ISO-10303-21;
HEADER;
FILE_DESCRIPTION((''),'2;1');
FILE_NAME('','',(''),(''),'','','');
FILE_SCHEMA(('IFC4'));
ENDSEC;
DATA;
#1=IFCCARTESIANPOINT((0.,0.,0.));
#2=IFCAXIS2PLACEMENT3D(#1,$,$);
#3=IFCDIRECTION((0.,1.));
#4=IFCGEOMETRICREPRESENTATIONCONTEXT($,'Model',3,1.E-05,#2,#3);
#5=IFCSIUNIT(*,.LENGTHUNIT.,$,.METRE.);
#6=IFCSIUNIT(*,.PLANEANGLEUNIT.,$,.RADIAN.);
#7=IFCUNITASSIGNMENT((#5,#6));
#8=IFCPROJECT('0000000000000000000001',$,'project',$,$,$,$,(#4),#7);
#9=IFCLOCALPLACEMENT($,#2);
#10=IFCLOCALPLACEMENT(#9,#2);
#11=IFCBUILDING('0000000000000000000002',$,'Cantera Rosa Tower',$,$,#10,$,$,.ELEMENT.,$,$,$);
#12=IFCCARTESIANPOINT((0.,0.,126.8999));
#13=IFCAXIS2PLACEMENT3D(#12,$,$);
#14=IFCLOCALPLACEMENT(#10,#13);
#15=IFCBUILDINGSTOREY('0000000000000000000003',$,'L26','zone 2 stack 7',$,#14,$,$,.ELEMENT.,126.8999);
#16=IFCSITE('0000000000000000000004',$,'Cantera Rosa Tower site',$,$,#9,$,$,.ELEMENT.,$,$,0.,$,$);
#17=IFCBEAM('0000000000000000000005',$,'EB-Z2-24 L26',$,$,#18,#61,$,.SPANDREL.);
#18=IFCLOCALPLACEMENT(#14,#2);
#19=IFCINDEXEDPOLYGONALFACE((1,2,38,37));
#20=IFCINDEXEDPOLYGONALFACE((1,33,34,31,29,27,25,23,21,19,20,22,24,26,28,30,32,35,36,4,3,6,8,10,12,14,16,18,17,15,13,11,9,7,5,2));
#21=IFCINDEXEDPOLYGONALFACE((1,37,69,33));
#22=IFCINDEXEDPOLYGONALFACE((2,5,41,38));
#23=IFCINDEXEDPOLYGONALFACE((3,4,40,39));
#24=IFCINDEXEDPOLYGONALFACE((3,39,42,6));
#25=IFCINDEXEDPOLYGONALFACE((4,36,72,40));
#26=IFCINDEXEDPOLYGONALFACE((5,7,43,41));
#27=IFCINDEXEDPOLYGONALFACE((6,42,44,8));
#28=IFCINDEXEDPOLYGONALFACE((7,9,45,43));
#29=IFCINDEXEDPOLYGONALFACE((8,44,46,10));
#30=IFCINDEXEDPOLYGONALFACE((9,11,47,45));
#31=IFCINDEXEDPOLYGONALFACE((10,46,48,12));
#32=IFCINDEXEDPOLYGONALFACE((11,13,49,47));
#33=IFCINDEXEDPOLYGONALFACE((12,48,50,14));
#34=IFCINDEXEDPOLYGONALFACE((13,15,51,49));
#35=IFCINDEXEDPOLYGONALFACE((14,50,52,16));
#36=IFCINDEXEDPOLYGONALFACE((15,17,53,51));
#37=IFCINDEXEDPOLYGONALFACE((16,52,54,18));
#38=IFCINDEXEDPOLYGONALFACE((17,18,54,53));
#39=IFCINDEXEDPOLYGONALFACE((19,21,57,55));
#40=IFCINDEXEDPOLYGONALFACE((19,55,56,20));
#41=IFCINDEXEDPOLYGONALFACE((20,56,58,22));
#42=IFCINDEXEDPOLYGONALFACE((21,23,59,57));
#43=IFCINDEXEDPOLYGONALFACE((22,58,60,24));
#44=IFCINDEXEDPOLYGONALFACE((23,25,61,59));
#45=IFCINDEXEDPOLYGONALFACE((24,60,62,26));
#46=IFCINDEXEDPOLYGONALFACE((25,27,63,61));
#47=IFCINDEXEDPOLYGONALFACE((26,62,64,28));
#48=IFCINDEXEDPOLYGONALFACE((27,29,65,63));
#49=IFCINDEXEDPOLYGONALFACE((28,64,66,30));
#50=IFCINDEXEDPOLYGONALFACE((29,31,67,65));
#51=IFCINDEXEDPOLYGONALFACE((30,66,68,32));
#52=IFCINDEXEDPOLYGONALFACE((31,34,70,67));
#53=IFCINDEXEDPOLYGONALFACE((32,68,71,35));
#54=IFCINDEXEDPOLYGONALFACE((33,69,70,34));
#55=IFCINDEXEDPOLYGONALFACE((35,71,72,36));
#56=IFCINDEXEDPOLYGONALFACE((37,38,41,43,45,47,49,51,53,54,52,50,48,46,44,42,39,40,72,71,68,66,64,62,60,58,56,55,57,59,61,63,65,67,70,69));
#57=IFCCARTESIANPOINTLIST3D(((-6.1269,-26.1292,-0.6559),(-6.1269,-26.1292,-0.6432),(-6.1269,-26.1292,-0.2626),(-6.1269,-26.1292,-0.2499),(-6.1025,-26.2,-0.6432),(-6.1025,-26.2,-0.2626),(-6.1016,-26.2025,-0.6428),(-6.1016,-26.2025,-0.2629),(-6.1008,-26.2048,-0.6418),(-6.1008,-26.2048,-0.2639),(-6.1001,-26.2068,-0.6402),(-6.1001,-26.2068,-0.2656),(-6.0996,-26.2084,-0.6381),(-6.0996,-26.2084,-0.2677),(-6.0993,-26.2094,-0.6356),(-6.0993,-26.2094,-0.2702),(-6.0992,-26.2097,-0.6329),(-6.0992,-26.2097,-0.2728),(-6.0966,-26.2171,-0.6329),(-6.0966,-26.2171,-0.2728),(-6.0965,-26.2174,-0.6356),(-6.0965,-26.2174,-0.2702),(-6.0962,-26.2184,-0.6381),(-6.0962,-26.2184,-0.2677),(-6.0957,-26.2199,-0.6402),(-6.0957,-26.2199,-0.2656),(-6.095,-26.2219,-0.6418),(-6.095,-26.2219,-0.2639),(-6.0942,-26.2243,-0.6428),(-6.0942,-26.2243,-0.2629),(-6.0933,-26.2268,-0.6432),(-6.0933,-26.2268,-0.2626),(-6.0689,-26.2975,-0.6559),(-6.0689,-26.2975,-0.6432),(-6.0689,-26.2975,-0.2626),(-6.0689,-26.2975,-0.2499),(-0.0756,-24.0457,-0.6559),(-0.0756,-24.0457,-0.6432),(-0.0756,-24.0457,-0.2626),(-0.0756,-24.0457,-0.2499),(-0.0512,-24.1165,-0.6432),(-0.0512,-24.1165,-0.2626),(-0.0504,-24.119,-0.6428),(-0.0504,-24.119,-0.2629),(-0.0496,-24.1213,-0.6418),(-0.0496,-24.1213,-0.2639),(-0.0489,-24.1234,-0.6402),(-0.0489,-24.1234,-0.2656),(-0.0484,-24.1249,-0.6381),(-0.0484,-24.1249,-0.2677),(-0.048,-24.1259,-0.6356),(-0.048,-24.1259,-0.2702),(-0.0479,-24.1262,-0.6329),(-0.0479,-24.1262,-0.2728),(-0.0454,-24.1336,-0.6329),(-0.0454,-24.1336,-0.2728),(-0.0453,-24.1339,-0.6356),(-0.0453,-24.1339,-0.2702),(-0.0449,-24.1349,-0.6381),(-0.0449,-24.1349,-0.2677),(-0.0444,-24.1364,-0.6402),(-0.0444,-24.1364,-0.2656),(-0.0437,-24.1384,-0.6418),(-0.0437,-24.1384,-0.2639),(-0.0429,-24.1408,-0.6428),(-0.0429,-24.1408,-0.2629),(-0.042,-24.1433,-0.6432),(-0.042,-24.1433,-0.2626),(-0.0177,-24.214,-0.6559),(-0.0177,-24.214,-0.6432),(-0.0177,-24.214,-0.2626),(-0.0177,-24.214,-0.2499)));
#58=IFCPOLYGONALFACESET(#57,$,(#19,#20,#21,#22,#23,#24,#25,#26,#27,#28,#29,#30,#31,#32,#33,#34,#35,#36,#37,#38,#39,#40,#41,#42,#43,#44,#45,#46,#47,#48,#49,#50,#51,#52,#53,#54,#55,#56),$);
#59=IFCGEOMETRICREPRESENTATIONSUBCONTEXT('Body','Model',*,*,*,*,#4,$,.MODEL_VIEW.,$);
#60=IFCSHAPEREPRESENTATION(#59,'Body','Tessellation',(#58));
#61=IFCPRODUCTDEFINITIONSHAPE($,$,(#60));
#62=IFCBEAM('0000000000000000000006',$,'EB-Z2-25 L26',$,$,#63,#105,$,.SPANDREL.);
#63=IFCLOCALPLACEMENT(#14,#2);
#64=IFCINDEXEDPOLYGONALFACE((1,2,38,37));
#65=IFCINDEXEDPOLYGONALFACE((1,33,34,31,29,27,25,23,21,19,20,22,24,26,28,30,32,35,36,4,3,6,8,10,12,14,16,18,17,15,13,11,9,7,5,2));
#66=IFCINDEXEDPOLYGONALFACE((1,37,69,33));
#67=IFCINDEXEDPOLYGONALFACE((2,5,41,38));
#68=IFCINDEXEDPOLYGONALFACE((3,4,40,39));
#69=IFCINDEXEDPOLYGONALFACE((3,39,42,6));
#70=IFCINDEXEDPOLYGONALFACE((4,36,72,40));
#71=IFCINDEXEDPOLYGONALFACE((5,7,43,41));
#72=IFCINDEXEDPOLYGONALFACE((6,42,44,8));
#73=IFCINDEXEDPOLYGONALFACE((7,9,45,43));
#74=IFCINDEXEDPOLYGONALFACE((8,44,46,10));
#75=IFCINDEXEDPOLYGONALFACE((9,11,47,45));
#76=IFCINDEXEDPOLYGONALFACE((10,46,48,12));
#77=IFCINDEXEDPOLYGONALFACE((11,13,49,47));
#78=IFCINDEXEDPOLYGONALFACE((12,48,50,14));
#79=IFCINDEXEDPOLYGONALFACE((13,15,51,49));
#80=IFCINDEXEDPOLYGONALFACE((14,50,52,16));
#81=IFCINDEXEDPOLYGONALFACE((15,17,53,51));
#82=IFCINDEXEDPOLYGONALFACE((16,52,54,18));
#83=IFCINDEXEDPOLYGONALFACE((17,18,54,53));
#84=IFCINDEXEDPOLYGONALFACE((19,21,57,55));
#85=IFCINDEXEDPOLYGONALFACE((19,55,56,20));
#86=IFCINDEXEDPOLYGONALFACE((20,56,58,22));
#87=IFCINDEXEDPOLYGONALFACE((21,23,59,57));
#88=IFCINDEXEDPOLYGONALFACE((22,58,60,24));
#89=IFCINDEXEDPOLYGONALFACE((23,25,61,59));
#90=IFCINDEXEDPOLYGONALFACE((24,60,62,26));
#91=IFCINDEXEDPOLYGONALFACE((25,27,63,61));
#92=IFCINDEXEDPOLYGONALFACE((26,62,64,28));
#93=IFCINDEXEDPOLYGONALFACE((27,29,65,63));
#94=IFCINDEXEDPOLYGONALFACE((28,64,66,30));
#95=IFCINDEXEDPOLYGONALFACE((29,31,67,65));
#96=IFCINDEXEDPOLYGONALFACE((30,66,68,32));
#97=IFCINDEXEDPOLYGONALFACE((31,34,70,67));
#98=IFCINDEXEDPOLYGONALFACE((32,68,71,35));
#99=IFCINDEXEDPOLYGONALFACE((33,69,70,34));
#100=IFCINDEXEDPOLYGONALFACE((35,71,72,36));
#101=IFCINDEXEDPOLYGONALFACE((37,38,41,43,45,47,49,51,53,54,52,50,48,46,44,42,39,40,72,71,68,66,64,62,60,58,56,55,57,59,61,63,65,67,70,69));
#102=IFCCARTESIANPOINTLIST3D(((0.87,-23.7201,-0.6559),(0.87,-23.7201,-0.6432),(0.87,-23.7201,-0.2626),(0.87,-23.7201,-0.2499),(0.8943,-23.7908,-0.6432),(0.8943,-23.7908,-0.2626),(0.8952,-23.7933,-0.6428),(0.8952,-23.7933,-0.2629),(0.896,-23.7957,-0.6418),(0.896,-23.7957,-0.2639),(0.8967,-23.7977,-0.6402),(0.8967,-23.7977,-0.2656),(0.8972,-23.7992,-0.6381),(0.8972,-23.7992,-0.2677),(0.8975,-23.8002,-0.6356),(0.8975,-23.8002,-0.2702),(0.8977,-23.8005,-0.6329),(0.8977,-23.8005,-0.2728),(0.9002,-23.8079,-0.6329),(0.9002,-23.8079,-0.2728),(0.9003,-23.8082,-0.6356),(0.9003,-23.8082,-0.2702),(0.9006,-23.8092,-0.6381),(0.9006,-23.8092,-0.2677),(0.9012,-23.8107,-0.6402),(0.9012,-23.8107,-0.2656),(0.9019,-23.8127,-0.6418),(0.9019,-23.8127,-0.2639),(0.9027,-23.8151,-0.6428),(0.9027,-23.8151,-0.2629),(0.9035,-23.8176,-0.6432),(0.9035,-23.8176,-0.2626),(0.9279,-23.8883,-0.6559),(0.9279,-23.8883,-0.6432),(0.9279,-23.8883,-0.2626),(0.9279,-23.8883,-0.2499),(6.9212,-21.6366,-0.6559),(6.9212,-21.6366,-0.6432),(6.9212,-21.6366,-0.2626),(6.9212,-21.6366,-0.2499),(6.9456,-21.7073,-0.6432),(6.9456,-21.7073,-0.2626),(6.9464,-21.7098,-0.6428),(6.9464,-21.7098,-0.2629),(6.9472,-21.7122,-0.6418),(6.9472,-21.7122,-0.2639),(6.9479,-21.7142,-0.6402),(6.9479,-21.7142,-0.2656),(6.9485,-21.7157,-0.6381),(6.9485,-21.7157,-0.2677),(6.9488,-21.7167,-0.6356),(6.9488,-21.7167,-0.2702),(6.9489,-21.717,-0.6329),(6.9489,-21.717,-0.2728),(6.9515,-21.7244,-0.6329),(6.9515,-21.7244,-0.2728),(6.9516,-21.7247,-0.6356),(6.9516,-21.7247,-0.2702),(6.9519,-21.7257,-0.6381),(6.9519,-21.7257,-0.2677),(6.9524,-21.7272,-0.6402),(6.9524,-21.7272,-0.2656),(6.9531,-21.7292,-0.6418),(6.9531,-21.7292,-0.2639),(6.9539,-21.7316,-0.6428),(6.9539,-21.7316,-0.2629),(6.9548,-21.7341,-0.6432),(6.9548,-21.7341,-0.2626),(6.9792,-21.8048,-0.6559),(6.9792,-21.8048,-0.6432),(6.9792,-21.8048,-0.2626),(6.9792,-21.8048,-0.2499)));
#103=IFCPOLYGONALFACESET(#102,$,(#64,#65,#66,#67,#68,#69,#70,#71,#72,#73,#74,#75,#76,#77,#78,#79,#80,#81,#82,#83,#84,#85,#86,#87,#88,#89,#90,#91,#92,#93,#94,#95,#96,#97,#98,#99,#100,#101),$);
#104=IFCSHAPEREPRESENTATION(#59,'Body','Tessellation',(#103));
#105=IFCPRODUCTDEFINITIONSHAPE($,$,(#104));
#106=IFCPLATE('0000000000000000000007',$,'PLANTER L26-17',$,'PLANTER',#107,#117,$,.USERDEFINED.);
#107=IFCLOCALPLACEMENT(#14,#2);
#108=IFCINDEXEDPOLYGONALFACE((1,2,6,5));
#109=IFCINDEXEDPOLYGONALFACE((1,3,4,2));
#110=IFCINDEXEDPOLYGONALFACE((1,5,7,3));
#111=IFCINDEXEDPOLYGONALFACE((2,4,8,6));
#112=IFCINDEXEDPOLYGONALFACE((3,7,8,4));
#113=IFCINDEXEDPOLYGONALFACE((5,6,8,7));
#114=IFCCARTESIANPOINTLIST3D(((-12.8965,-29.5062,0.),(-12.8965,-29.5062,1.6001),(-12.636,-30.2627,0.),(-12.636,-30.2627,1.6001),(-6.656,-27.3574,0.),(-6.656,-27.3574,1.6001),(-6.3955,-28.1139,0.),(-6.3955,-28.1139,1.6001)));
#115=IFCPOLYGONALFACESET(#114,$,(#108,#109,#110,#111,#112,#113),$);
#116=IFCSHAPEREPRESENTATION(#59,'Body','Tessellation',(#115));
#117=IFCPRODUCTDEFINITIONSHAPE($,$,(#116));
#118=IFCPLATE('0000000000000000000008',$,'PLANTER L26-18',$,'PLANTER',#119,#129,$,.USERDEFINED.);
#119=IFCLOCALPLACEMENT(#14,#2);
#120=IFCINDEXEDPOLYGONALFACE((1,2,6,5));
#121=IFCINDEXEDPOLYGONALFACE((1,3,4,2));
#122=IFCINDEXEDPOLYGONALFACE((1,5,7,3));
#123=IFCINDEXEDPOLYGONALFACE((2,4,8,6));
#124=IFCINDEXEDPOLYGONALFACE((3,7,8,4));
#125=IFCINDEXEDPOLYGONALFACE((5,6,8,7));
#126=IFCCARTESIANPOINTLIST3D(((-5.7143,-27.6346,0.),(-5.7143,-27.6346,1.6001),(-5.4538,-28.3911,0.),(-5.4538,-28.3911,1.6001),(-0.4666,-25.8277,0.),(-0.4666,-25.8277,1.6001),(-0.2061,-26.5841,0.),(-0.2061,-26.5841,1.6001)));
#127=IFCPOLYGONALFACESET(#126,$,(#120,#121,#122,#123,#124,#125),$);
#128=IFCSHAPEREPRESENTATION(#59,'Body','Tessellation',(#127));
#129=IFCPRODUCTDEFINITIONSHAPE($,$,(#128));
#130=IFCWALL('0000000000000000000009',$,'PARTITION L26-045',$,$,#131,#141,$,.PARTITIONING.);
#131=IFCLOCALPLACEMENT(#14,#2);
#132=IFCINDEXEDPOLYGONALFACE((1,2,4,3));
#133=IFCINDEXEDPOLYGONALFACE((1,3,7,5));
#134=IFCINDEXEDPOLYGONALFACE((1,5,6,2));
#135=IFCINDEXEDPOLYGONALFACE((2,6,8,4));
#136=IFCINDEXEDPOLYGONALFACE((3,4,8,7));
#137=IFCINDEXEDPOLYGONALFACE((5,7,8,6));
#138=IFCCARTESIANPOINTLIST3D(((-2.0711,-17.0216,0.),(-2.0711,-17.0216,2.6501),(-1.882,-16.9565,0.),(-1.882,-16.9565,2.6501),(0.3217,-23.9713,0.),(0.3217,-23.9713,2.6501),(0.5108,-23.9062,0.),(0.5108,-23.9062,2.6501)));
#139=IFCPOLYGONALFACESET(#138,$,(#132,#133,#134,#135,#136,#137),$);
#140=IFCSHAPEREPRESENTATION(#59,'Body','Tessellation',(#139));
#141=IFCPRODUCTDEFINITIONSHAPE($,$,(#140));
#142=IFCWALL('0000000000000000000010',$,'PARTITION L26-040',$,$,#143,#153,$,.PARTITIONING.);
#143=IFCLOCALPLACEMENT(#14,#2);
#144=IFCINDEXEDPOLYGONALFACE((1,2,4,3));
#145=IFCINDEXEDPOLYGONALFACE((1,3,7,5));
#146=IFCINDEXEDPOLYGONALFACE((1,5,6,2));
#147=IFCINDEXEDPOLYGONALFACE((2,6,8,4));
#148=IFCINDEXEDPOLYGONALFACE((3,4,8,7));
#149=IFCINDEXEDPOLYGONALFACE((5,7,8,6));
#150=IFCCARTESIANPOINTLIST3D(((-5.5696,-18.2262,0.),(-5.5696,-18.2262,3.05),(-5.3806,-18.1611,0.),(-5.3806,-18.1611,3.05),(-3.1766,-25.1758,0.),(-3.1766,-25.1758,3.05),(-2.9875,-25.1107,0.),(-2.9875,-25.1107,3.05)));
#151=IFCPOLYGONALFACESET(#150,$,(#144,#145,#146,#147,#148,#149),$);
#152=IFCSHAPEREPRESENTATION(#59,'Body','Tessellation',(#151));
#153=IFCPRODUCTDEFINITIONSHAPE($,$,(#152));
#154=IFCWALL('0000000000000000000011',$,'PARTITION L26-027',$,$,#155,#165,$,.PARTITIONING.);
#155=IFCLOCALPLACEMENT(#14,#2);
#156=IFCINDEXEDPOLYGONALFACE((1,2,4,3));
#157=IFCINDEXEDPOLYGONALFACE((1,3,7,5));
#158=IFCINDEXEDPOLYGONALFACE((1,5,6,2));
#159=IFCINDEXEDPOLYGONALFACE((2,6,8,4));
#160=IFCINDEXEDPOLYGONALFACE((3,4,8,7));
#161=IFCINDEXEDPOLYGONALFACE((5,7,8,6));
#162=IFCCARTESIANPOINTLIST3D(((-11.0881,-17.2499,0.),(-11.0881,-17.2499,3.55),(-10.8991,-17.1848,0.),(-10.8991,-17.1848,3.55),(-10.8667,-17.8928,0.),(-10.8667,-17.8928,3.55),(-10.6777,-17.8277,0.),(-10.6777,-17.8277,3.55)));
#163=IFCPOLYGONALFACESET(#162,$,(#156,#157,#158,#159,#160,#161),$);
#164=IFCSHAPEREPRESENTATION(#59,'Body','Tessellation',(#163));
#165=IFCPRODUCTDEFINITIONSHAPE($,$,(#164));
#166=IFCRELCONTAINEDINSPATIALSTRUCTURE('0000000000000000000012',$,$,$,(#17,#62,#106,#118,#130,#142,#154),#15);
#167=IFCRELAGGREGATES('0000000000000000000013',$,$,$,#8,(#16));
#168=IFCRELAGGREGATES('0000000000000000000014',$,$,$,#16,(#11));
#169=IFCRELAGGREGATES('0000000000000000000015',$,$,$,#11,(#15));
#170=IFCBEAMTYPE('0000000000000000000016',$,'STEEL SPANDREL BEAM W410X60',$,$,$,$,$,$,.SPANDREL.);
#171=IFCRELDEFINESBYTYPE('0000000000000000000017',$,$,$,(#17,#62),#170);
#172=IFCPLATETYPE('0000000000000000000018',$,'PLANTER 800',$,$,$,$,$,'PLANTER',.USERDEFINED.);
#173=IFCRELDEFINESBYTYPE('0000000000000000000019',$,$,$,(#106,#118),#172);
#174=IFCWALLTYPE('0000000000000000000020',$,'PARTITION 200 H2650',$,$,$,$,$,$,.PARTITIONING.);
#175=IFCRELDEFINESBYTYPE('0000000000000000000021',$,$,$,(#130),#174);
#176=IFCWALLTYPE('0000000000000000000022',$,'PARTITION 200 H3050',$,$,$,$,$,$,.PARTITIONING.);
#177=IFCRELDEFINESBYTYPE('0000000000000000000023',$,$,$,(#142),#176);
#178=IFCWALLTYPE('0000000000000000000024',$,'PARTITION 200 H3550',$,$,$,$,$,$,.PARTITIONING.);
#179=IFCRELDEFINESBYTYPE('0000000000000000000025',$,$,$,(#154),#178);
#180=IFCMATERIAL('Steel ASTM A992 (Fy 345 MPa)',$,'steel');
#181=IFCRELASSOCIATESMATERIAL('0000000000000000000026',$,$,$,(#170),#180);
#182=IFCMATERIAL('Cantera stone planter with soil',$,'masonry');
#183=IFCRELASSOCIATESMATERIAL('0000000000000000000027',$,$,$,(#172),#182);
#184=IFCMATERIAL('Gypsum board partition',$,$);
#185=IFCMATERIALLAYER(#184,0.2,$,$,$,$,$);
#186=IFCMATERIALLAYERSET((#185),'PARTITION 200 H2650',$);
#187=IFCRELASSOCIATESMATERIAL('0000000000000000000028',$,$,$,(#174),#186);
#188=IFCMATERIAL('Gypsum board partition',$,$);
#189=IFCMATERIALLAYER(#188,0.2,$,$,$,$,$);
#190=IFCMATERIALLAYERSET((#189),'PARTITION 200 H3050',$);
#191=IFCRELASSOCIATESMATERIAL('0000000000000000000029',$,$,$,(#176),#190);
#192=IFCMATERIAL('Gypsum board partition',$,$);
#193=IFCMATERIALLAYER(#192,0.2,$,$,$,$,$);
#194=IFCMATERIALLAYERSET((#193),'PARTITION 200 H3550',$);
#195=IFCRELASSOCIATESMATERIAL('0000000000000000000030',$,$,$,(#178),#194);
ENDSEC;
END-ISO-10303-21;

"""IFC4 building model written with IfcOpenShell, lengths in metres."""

from ifc_helpers import new_model, si_unit, direction, frame, frame_2d, origin, origin_2d, place, context, subcontext, project, spatial, rectangle, i_section, extrude, material, layer, layer_set, material_profile, profile_set, type_object, element, save


model = new_model("IFC4")

# Units and contexts
model_context = context("Model", 3, precision=1e-05, world=origin(), true_north=direction((0.0, 1.0)))
body_context = subcontext(model_context, "Body", "Model", "MODEL_VIEW")
ifc_project = project(units=[si_unit("LENGTHUNIT", "METRE"), si_unit("PLANEANGLEUNIT", "RADIAN")], contexts=[model_context])

# Site, building, storey
site_placement = place(None, origin())
site = spatial("IfcSite", under=ifc_project, at=site_placement, Name="Cantera Rosa Tower site", CompositionType="ELEMENT", RefElevation=0.0)
building_placement = place(site_placement, origin())
building = spatial("IfcBuilding", under=site, at=building_placement, Name="Cantera Rosa Tower", CompositionType="ELEMENT")
storey_placement = place(building_placement, frame((0.0, 0.0, 126.8999)))
storey = spatial("IfcBuildingStorey", under=building, at=storey_placement, Name="L26", Description="zone 2 stack 7", CompositionType="ELEMENT", Elevation=126.8999)

# Beams
ifc_material_1 = material(Name="Steel ASTM A992 (Fy 345 MPa)", Category="steel")
ifc_material_profile_1 = material_profile(ifc_material_1, i_section(OverallWidth=0.178, OverallDepth=0.406, WebThickness=0.0078, FlangeThickness=0.0127, FilletRadius=0.0103, at=origin_2d()), Name="W410X60")
ifc_profile_set_1 = profile_set([ifc_material_profile_1], Name="Steel ASTM A992 (Fy 345 MPa)")
beam_type_1 = type_object("IfcBeamType", Name="STEEL SPANDREL BEAM W410X60", PredefinedType="SPANDREL", material=ifc_profile_set_1)
for number, where, z_axis, x_axis, name in (
    (1, (-6.0979, -26.2134, -0.4529), (0.945524, 0.325551, 0.0), (-0.325551, 0.945524, 0.0), "EB-Z2-24 L26"),
    (2, (0.8989, -23.8042, -0.4529), (0.945524, 0.325551, 0.0), (-0.325551, 0.945524, 0.0), "EB-Z2-25 L26"),
):
    element("IfcBeam", number, at=place(storey_placement, frame(where, z_axis=z_axis, x_axis=x_axis)), inside=storey, type_object=beam_type_1, Name=name, PredefinedType="SPANDREL", context=body_context, shape_type="SweptSolid", body=[
        extrude(i_section(OverallWidth=0.178, OverallDepth=0.406, WebThickness=0.0078, FlangeThickness=0.0127, FilletRadius=0.0103, at=origin_2d()), origin(), (0.0, 0.0, 1.0), 6.3999),
    ])

# Plates
ifc_material_2 = material(Name="Cantera stone planter with soil", Category="masonry")
plate_type = type_object("IfcPlateType", Name="PLANTER 800", ElementType="PLANTER", PredefinedType="USERDEFINED", material=ifc_material_2)
plate_1_placement = place(storey_placement, frame((-9.646, -28.8101, 0.0), z_axis=(0.0, 0.0, 1.0), x_axis=(0.945519, 0.325568, 0.0)))
element("IfcPlate", 3, at=plate_1_placement, inside=storey, type_object=plate_type, Name="PLANTER L26-17", ObjectType="PLANTER", PredefinedType="USERDEFINED", context=body_context, shape_type="SweptSolid", body=[
    extrude(rectangle(XDim=6.6001, YDim=0.8, at=origin_2d()), origin(), (0.0, 0.0, 1.0), 1.6001),
])
plate_2_placement = place(storey_placement, frame((-2.9602, -27.1094, 0.0), z_axis=(0.0, 0.0, 1.0), x_axis=(0.945519, 0.325568, 0.0)))
element("IfcPlate", 4, at=plate_2_placement, inside=storey, type_object=plate_type, Name="PLANTER L26-18", ObjectType="PLANTER", PredefinedType="USERDEFINED", context=body_context, shape_type="SweptSolid", body=[
    extrude(rectangle(XDim=5.55, YDim=0.8, at=origin_2d()), origin(), (0.0, 0.0, 1.0), 1.6001),
])

# Walls
ifc_material_3 = material(Name="Gypsum board partition")
ifc_layer_1 = layer(ifc_material_3, 0.2)
ifc_layer_set_1 = layer_set([ifc_layer_1], Name="PARTITION 200 H2650")
wall_type_1 = type_object("IfcWallType", Name="PARTITION 200 H2650", PredefinedType="PARTITIONING", material=ifc_layer_set_1)
wall_1_placement = place(storey_placement, frame((-1.9766, -16.989, 0.0), z_axis=(0.0, 0.0, 1.0), x_axis=(0.325549, -0.945525, 0.0)))
element("IfcWall", 5, at=wall_1_placement, inside=storey, type_object=wall_type_1, Name="PARTITION L26-045", PredefinedType="PARTITIONING", context=body_context, shape_type="SweptSolid", body=[
    extrude(rectangle(XDim=7.3501, YDim=0.2, at=frame_2d((3.675, 0.0))), origin(), (0.0, 0.0, 1.0), 2.6501),
])
ifc_material_4 = material(Name="Gypsum board partition")
ifc_layer_2 = layer(ifc_material_4, 0.2)
ifc_layer_set_2 = layer_set([ifc_layer_2], Name="PARTITION 200 H3050")
wall_type_2 = type_object("IfcWallType", Name="PARTITION 200 H3050", PredefinedType="PARTITIONING", material=ifc_layer_set_2)
wall_2_placement = place(storey_placement, frame((-5.4751, -18.1936, 0.0), z_axis=(0.0, 0.0, 1.0), x_axis=(0.325579, -0.945515, 0.0)))
element("IfcWall", 6, at=wall_2_placement, inside=storey, type_object=wall_type_2, Name="PARTITION L26-040", PredefinedType="PARTITIONING", context=body_context, shape_type="SweptSolid", body=[
    extrude(rectangle(XDim=7.3501, YDim=0.2, at=frame_2d((3.675, 0.0))), origin(), (0.0, 0.0, 1.0), 3.05),
])
ifc_material_5 = material(Name="Gypsum board partition")
ifc_layer_3 = layer(ifc_material_5, 0.2)
ifc_layer_set_3 = layer_set([ifc_layer_3], Name="PARTITION 200 H3550")
wall_type_3 = type_object("IfcWallType", Name="PARTITION 200 H3550", PredefinedType="PARTITIONING", material=ifc_layer_set_3)
wall_3_placement = place(storey_placement, frame((-10.7722, -17.8601, 0.0), z_axis=(0.0, 0.0, 1.0), x_axis=(-0.325692, 0.945476, 0.0)))
element("IfcWall", 7, at=wall_3_placement, inside=storey, type_object=wall_type_3, Name="PARTITION L26-027", PredefinedType="PARTITIONING", context=body_context, shape_type="SweptSolid", body=[
    extrude(rectangle(XDim=0.6799, YDim=0.2, at=frame_2d((0.3398, 0.0))), origin(), (0.0, 0.0, 1.0), 3.55),
])

save(model, "model.ifc")
